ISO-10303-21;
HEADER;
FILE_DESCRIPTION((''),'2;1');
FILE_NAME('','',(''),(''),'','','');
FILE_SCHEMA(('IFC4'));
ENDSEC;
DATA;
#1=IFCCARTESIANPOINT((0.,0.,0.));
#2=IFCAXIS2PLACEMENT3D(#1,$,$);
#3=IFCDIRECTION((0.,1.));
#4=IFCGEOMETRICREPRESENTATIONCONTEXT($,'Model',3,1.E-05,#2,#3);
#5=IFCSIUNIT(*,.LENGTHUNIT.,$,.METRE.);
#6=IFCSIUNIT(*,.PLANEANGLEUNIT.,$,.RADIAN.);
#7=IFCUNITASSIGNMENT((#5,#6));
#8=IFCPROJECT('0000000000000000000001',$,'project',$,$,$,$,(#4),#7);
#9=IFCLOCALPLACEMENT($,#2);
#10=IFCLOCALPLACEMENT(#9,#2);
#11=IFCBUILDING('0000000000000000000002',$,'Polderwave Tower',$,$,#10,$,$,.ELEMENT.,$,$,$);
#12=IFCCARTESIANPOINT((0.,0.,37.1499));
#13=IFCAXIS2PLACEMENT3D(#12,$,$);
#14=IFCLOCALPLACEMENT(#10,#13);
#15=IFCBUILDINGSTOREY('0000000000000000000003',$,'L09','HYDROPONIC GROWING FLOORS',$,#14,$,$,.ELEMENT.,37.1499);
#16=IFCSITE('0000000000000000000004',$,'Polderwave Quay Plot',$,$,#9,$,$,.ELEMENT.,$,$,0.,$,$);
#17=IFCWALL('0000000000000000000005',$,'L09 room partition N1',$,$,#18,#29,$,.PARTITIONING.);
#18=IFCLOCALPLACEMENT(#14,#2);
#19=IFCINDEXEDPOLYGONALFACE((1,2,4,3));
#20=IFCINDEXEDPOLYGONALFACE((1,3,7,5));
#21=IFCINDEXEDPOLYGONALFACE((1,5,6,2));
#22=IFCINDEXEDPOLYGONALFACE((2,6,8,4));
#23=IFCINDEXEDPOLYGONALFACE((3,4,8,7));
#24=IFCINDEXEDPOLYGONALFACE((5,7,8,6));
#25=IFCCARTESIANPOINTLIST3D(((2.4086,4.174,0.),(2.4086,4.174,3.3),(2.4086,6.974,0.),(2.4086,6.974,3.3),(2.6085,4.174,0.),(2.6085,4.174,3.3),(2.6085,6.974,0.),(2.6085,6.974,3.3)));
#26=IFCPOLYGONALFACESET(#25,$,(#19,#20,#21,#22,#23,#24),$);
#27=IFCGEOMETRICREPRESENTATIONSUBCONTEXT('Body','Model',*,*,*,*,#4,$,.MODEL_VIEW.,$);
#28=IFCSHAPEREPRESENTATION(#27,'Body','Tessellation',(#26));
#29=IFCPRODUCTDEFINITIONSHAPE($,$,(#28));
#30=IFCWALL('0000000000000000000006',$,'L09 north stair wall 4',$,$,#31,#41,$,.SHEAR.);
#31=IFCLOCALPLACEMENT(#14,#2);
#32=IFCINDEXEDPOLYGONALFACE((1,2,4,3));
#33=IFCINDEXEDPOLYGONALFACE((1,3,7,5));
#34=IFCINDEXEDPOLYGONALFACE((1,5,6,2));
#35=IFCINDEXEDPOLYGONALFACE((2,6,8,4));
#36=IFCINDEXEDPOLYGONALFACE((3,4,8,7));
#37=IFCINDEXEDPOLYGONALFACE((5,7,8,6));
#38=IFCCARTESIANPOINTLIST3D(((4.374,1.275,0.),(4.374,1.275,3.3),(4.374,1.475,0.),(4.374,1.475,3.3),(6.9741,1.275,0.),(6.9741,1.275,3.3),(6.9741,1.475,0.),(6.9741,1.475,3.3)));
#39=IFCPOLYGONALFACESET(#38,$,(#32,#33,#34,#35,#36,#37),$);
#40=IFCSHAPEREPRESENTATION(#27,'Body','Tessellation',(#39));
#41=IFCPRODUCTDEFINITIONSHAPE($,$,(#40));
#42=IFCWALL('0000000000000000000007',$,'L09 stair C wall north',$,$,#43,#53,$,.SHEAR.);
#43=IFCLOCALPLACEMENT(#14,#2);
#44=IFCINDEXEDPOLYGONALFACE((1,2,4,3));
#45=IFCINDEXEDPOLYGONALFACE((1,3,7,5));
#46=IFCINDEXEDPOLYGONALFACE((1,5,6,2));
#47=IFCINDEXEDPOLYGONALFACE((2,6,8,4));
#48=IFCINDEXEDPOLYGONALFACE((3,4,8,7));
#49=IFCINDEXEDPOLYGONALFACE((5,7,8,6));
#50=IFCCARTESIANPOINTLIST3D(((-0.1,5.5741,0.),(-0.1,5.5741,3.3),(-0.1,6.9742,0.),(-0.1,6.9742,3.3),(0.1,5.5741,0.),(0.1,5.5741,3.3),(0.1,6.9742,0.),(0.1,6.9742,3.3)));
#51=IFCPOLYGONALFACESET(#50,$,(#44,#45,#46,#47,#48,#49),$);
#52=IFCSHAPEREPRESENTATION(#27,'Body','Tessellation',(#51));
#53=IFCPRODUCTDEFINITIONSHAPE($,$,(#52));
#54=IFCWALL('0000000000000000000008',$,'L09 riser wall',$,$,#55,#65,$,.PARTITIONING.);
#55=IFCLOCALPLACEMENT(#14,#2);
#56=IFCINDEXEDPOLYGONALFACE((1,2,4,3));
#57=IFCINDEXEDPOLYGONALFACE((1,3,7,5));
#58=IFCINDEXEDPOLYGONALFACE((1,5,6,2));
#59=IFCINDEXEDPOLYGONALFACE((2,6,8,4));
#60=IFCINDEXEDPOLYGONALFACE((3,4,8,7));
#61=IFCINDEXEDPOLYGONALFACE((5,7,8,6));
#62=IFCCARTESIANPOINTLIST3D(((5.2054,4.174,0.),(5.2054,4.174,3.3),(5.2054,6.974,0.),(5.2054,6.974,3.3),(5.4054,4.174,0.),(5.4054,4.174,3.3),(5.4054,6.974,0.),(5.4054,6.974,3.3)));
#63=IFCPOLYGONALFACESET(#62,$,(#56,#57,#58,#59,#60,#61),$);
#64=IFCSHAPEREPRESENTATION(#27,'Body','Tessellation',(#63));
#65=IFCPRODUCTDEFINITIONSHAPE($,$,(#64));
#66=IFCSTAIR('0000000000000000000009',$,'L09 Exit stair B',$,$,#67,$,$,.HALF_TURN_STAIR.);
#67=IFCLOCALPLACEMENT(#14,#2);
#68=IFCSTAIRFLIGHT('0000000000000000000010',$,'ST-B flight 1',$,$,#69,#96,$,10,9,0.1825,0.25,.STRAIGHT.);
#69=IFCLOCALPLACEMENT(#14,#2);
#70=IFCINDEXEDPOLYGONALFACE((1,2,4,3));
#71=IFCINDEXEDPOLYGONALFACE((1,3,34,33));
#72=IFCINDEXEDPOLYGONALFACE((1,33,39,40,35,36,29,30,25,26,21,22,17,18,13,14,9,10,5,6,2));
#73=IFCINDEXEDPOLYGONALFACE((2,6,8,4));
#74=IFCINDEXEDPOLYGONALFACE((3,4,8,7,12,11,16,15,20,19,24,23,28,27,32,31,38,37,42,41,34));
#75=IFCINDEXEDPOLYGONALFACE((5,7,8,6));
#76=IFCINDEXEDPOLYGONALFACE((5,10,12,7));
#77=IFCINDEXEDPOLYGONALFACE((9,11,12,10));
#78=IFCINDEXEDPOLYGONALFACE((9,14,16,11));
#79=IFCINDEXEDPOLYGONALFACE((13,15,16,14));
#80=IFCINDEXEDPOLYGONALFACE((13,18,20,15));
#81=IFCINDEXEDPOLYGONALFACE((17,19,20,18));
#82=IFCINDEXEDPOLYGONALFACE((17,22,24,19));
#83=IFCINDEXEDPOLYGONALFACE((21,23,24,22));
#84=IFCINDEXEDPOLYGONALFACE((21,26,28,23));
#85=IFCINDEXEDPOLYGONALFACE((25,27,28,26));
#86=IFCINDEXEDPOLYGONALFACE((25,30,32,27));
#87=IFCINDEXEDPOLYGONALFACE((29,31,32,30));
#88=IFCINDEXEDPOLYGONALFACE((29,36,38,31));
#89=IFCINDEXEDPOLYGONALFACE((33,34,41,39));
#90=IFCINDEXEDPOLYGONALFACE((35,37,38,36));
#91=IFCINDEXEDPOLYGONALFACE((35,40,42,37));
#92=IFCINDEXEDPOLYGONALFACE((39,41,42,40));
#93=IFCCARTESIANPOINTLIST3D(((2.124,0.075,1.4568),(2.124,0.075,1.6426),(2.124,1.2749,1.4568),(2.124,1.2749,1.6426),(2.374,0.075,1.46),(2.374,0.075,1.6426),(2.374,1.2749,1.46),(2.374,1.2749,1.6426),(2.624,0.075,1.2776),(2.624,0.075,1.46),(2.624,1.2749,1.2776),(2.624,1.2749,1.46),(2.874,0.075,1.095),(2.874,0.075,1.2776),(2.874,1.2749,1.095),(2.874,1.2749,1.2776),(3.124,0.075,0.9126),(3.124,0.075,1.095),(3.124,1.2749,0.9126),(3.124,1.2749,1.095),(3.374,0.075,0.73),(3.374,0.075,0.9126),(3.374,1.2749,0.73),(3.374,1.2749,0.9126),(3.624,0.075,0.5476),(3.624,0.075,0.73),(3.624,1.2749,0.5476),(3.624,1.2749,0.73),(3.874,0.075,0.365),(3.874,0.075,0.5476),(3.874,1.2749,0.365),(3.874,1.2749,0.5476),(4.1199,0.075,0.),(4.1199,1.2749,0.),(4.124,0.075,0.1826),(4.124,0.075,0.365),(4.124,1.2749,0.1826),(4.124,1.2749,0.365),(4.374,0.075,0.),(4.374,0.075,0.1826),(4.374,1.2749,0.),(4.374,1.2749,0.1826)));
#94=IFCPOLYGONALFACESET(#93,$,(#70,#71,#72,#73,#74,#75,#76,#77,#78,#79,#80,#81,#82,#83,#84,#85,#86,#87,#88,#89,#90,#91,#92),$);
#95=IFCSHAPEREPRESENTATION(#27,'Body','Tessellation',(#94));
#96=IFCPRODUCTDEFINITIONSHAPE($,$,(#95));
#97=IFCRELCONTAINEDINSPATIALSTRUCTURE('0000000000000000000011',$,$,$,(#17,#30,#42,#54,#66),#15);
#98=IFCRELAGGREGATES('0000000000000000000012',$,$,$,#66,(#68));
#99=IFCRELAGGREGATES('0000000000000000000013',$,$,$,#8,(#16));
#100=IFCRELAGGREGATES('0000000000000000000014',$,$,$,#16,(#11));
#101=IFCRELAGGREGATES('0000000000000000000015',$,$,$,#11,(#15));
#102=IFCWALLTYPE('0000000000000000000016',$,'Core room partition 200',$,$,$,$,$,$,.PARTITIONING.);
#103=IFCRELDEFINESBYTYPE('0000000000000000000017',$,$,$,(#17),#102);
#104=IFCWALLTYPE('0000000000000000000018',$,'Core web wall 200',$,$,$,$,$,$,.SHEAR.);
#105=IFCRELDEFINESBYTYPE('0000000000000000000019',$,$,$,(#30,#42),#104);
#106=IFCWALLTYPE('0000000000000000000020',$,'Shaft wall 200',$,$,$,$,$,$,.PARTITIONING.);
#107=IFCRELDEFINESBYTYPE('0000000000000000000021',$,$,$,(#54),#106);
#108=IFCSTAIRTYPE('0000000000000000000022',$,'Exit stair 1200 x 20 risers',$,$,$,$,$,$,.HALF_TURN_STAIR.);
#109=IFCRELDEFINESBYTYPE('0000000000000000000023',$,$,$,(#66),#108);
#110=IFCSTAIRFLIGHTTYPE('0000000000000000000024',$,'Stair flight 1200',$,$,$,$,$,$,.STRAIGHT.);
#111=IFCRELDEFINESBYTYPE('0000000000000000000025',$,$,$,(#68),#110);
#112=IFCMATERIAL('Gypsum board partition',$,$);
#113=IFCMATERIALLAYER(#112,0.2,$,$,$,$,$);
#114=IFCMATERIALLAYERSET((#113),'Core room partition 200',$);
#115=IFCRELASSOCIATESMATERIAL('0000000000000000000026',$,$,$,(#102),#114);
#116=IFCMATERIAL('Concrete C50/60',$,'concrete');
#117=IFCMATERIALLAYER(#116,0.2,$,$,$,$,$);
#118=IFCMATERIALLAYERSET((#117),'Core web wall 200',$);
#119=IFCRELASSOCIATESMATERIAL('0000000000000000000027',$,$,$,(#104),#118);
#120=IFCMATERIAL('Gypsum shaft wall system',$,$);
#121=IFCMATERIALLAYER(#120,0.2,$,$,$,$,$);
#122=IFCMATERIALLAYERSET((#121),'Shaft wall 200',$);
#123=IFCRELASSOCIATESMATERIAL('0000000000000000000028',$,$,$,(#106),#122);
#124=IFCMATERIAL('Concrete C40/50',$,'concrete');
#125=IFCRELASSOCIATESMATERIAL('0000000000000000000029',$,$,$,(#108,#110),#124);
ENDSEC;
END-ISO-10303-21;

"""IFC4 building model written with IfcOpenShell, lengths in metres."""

from ifc_helpers import new_model, si_unit, direction, frame, frame_2d, origin, place, context, subcontext, project, spatial, polyline, rectangle, outline, extrude, material, layer, layer_set, type_object, element, aggregate, save


model = new_model("IFC4")

# Units and contexts
model_context = context("Model", 3, precision=1e-05, world=origin(), true_north=direction((0.0, 1.0)))
body_context = subcontext(model_context, "Body", "Model", "MODEL_VIEW")
ifc_project = project(units=[si_unit("LENGTHUNIT", "METRE"), si_unit("PLANEANGLEUNIT", "RADIAN")], contexts=[model_context])

# Site, building, storey
site_placement = place(None, origin())
site = spatial("IfcSite", under=ifc_project, at=site_placement, Name="Polderwave Quay Plot", CompositionType="ELEMENT", RefElevation=0.0)
building_placement = place(site_placement, origin())
building = spatial("IfcBuilding", under=site, at=building_placement, Name="Polderwave Tower", CompositionType="ELEMENT")
storey_placement = place(building_placement, frame((0.0, 0.0, 37.1499)))
storey = spatial("IfcBuildingStorey", under=building, at=storey_placement, Name="L09", Description="HYDROPONIC GROWING FLOORS", CompositionType="ELEMENT", Elevation=37.1499)

# Walls
ifc_material_1 = material(Name="Gypsum board partition")
ifc_layer_1 = layer(ifc_material_1, 0.2)
ifc_layer_set_1 = layer_set([ifc_layer_1], Name="Core room partition 200")
wall_type_1 = type_object("IfcWallType", Name="Core room partition 200", PredefinedType="PARTITIONING", material=ifc_layer_set_1)
wall_1_placement = place(storey_placement, frame((2.5085, 4.1741, 0.0), z_axis=(0.0, 0.0, 1.0), x_axis=(0.0, 1.0, 0.0)))
element("IfcWall", 1, at=wall_1_placement, inside=storey, type_object=wall_type_1, Name="L09 room partition N1", PredefinedType="PARTITIONING", context=body_context, shape_type="SweptSolid", body=[
    extrude(rectangle(XDim=2.8, YDim=0.2, at=frame_2d((1.3999, 0.0))), origin(), (0.0, 0.0, 1.0), 3.3),
])
ifc_material_2 = material(Name="Concrete C50/60", Category="concrete")
ifc_layer_2 = layer(ifc_material_2, 0.2)
ifc_layer_set_2 = layer_set([ifc_layer_2], Name="Core web wall 200")
wall_type_2 = type_object("IfcWallType", Name="Core web wall 200", PredefinedType="SHEAR", material=ifc_layer_set_2)
wall_2_placement = place(storey_placement, frame((4.374, 1.375, 0.0), z_axis=(0.0, 0.0, 1.0), x_axis=(1.0, 0.0, 0.0)))
element("IfcWall", 2, at=wall_2_placement, inside=storey, type_object=wall_type_2, Name="L09 north stair wall 4", PredefinedType="SHEAR", context=body_context, shape_type="SweptSolid", body=[
    extrude(rectangle(XDim=2.6001, YDim=0.2, at=frame_2d((1.3, 0.0))), origin(), (0.0, 0.0, 1.0), 3.3),
])
wall_3_placement = place(storey_placement, frame((0.0, 5.574, 0.0), z_axis=(0.0, 0.0, 1.0), x_axis=(0.0, 1.0, 0.0)))
element("IfcWall", 3, at=wall_3_placement, inside=storey, type_object=wall_type_2, Name="L09 stair C wall north", PredefinedType="SHEAR", context=body_context, shape_type="SweptSolid", body=[
    extrude(rectangle(XDim=1.4001, YDim=0.2, at=frame_2d((0.7002, 0.0))), origin(), (0.0, 0.0, 1.0), 3.3),
])
ifc_material_3 = material(Name="Gypsum shaft wall system")
ifc_layer_3 = layer(ifc_material_3, 0.2)
ifc_layer_set_3 = layer_set([ifc_layer_3], Name="Shaft wall 200")
wall_type_3 = type_object("IfcWallType", Name="Shaft wall 200", PredefinedType="PARTITIONING", material=ifc_layer_set_3)
wall_4_placement = place(storey_placement, frame((5.3054, 4.1741, 0.0), z_axis=(0.0, 0.0, 1.0), x_axis=(0.0, 1.0, 0.0)))
element("IfcWall", 4, at=wall_4_placement, inside=storey, type_object=wall_type_3, Name="L09 riser wall", PredefinedType="PARTITIONING", context=body_context, shape_type="SweptSolid", body=[
    extrude(rectangle(XDim=2.8, YDim=0.2, at=frame_2d((1.3999, 0.0))), origin(), (0.0, 0.0, 1.0), 3.3),
])

# Stair, stair flight
ifc_material_4 = material(Name="Concrete C40/50", Category="concrete")
stair_type = type_object("IfcStairType", Name="Exit stair 1200 x 20 risers", PredefinedType="HALF_TURN_STAIR", material=ifc_material_4)
stair_placement = place(storey_placement, origin())
stair = element("IfcStair", 5, at=stair_placement, inside=storey, type_object=stair_type, Name="L09 Exit stair B", PredefinedType="HALF_TURN_STAIR")
stair_flight_type = type_object("IfcStairFlightType", Name="Stair flight 1200", PredefinedType="STRAIGHT", material=ifc_material_4)
stair_flight_placement = place(storey_placement, frame((4.374, 0.675, 0.0), z_axis=(0.0, 0.0, 1.0), x_axis=(-1.0, 0.0, 0.0)))
stair_flight = element("IfcStairFlight", 6, at=stair_flight_placement, type_object=stair_flight_type, Name="ST-B flight 1", NumberOfRisers=10, NumberOfTreads=9, PredefinedType="STRAIGHT", RiserHeight=0.1825, TreadLength=0.25, context=body_context, shape_type="SweptSolid", body=[
    extrude(outline(polyline([(0.0, 0.0), (0.0, 0.1826), (0.25, 0.1826), (0.25, 0.365), (0.5, 0.365), (0.5, 0.5476), (0.75, 0.5476), (0.75, 0.73), (1.0, 0.73), (1.0, 0.9126), (1.25, 0.9126), (1.25, 1.095), (1.5, 1.095), (1.5, 1.2776), (1.75, 1.2776), (1.75, 1.46), (2.0, 1.46), (2.0, 1.6426), (2.25, 1.6426), (2.25, 1.825), (2.25, 1.4568), (0.2542, 0.0), (0.0, 0.0)])), frame((0.0, 0.6001, 0.0), z_axis=(0.0, -1.0, 0.0), x_axis=(1.0, 0.0, 0.0)), (0.0, 0.0, 1.0), 1.2),
])
aggregate(stair, [stair_flight])

save(model, "model.ifc")
